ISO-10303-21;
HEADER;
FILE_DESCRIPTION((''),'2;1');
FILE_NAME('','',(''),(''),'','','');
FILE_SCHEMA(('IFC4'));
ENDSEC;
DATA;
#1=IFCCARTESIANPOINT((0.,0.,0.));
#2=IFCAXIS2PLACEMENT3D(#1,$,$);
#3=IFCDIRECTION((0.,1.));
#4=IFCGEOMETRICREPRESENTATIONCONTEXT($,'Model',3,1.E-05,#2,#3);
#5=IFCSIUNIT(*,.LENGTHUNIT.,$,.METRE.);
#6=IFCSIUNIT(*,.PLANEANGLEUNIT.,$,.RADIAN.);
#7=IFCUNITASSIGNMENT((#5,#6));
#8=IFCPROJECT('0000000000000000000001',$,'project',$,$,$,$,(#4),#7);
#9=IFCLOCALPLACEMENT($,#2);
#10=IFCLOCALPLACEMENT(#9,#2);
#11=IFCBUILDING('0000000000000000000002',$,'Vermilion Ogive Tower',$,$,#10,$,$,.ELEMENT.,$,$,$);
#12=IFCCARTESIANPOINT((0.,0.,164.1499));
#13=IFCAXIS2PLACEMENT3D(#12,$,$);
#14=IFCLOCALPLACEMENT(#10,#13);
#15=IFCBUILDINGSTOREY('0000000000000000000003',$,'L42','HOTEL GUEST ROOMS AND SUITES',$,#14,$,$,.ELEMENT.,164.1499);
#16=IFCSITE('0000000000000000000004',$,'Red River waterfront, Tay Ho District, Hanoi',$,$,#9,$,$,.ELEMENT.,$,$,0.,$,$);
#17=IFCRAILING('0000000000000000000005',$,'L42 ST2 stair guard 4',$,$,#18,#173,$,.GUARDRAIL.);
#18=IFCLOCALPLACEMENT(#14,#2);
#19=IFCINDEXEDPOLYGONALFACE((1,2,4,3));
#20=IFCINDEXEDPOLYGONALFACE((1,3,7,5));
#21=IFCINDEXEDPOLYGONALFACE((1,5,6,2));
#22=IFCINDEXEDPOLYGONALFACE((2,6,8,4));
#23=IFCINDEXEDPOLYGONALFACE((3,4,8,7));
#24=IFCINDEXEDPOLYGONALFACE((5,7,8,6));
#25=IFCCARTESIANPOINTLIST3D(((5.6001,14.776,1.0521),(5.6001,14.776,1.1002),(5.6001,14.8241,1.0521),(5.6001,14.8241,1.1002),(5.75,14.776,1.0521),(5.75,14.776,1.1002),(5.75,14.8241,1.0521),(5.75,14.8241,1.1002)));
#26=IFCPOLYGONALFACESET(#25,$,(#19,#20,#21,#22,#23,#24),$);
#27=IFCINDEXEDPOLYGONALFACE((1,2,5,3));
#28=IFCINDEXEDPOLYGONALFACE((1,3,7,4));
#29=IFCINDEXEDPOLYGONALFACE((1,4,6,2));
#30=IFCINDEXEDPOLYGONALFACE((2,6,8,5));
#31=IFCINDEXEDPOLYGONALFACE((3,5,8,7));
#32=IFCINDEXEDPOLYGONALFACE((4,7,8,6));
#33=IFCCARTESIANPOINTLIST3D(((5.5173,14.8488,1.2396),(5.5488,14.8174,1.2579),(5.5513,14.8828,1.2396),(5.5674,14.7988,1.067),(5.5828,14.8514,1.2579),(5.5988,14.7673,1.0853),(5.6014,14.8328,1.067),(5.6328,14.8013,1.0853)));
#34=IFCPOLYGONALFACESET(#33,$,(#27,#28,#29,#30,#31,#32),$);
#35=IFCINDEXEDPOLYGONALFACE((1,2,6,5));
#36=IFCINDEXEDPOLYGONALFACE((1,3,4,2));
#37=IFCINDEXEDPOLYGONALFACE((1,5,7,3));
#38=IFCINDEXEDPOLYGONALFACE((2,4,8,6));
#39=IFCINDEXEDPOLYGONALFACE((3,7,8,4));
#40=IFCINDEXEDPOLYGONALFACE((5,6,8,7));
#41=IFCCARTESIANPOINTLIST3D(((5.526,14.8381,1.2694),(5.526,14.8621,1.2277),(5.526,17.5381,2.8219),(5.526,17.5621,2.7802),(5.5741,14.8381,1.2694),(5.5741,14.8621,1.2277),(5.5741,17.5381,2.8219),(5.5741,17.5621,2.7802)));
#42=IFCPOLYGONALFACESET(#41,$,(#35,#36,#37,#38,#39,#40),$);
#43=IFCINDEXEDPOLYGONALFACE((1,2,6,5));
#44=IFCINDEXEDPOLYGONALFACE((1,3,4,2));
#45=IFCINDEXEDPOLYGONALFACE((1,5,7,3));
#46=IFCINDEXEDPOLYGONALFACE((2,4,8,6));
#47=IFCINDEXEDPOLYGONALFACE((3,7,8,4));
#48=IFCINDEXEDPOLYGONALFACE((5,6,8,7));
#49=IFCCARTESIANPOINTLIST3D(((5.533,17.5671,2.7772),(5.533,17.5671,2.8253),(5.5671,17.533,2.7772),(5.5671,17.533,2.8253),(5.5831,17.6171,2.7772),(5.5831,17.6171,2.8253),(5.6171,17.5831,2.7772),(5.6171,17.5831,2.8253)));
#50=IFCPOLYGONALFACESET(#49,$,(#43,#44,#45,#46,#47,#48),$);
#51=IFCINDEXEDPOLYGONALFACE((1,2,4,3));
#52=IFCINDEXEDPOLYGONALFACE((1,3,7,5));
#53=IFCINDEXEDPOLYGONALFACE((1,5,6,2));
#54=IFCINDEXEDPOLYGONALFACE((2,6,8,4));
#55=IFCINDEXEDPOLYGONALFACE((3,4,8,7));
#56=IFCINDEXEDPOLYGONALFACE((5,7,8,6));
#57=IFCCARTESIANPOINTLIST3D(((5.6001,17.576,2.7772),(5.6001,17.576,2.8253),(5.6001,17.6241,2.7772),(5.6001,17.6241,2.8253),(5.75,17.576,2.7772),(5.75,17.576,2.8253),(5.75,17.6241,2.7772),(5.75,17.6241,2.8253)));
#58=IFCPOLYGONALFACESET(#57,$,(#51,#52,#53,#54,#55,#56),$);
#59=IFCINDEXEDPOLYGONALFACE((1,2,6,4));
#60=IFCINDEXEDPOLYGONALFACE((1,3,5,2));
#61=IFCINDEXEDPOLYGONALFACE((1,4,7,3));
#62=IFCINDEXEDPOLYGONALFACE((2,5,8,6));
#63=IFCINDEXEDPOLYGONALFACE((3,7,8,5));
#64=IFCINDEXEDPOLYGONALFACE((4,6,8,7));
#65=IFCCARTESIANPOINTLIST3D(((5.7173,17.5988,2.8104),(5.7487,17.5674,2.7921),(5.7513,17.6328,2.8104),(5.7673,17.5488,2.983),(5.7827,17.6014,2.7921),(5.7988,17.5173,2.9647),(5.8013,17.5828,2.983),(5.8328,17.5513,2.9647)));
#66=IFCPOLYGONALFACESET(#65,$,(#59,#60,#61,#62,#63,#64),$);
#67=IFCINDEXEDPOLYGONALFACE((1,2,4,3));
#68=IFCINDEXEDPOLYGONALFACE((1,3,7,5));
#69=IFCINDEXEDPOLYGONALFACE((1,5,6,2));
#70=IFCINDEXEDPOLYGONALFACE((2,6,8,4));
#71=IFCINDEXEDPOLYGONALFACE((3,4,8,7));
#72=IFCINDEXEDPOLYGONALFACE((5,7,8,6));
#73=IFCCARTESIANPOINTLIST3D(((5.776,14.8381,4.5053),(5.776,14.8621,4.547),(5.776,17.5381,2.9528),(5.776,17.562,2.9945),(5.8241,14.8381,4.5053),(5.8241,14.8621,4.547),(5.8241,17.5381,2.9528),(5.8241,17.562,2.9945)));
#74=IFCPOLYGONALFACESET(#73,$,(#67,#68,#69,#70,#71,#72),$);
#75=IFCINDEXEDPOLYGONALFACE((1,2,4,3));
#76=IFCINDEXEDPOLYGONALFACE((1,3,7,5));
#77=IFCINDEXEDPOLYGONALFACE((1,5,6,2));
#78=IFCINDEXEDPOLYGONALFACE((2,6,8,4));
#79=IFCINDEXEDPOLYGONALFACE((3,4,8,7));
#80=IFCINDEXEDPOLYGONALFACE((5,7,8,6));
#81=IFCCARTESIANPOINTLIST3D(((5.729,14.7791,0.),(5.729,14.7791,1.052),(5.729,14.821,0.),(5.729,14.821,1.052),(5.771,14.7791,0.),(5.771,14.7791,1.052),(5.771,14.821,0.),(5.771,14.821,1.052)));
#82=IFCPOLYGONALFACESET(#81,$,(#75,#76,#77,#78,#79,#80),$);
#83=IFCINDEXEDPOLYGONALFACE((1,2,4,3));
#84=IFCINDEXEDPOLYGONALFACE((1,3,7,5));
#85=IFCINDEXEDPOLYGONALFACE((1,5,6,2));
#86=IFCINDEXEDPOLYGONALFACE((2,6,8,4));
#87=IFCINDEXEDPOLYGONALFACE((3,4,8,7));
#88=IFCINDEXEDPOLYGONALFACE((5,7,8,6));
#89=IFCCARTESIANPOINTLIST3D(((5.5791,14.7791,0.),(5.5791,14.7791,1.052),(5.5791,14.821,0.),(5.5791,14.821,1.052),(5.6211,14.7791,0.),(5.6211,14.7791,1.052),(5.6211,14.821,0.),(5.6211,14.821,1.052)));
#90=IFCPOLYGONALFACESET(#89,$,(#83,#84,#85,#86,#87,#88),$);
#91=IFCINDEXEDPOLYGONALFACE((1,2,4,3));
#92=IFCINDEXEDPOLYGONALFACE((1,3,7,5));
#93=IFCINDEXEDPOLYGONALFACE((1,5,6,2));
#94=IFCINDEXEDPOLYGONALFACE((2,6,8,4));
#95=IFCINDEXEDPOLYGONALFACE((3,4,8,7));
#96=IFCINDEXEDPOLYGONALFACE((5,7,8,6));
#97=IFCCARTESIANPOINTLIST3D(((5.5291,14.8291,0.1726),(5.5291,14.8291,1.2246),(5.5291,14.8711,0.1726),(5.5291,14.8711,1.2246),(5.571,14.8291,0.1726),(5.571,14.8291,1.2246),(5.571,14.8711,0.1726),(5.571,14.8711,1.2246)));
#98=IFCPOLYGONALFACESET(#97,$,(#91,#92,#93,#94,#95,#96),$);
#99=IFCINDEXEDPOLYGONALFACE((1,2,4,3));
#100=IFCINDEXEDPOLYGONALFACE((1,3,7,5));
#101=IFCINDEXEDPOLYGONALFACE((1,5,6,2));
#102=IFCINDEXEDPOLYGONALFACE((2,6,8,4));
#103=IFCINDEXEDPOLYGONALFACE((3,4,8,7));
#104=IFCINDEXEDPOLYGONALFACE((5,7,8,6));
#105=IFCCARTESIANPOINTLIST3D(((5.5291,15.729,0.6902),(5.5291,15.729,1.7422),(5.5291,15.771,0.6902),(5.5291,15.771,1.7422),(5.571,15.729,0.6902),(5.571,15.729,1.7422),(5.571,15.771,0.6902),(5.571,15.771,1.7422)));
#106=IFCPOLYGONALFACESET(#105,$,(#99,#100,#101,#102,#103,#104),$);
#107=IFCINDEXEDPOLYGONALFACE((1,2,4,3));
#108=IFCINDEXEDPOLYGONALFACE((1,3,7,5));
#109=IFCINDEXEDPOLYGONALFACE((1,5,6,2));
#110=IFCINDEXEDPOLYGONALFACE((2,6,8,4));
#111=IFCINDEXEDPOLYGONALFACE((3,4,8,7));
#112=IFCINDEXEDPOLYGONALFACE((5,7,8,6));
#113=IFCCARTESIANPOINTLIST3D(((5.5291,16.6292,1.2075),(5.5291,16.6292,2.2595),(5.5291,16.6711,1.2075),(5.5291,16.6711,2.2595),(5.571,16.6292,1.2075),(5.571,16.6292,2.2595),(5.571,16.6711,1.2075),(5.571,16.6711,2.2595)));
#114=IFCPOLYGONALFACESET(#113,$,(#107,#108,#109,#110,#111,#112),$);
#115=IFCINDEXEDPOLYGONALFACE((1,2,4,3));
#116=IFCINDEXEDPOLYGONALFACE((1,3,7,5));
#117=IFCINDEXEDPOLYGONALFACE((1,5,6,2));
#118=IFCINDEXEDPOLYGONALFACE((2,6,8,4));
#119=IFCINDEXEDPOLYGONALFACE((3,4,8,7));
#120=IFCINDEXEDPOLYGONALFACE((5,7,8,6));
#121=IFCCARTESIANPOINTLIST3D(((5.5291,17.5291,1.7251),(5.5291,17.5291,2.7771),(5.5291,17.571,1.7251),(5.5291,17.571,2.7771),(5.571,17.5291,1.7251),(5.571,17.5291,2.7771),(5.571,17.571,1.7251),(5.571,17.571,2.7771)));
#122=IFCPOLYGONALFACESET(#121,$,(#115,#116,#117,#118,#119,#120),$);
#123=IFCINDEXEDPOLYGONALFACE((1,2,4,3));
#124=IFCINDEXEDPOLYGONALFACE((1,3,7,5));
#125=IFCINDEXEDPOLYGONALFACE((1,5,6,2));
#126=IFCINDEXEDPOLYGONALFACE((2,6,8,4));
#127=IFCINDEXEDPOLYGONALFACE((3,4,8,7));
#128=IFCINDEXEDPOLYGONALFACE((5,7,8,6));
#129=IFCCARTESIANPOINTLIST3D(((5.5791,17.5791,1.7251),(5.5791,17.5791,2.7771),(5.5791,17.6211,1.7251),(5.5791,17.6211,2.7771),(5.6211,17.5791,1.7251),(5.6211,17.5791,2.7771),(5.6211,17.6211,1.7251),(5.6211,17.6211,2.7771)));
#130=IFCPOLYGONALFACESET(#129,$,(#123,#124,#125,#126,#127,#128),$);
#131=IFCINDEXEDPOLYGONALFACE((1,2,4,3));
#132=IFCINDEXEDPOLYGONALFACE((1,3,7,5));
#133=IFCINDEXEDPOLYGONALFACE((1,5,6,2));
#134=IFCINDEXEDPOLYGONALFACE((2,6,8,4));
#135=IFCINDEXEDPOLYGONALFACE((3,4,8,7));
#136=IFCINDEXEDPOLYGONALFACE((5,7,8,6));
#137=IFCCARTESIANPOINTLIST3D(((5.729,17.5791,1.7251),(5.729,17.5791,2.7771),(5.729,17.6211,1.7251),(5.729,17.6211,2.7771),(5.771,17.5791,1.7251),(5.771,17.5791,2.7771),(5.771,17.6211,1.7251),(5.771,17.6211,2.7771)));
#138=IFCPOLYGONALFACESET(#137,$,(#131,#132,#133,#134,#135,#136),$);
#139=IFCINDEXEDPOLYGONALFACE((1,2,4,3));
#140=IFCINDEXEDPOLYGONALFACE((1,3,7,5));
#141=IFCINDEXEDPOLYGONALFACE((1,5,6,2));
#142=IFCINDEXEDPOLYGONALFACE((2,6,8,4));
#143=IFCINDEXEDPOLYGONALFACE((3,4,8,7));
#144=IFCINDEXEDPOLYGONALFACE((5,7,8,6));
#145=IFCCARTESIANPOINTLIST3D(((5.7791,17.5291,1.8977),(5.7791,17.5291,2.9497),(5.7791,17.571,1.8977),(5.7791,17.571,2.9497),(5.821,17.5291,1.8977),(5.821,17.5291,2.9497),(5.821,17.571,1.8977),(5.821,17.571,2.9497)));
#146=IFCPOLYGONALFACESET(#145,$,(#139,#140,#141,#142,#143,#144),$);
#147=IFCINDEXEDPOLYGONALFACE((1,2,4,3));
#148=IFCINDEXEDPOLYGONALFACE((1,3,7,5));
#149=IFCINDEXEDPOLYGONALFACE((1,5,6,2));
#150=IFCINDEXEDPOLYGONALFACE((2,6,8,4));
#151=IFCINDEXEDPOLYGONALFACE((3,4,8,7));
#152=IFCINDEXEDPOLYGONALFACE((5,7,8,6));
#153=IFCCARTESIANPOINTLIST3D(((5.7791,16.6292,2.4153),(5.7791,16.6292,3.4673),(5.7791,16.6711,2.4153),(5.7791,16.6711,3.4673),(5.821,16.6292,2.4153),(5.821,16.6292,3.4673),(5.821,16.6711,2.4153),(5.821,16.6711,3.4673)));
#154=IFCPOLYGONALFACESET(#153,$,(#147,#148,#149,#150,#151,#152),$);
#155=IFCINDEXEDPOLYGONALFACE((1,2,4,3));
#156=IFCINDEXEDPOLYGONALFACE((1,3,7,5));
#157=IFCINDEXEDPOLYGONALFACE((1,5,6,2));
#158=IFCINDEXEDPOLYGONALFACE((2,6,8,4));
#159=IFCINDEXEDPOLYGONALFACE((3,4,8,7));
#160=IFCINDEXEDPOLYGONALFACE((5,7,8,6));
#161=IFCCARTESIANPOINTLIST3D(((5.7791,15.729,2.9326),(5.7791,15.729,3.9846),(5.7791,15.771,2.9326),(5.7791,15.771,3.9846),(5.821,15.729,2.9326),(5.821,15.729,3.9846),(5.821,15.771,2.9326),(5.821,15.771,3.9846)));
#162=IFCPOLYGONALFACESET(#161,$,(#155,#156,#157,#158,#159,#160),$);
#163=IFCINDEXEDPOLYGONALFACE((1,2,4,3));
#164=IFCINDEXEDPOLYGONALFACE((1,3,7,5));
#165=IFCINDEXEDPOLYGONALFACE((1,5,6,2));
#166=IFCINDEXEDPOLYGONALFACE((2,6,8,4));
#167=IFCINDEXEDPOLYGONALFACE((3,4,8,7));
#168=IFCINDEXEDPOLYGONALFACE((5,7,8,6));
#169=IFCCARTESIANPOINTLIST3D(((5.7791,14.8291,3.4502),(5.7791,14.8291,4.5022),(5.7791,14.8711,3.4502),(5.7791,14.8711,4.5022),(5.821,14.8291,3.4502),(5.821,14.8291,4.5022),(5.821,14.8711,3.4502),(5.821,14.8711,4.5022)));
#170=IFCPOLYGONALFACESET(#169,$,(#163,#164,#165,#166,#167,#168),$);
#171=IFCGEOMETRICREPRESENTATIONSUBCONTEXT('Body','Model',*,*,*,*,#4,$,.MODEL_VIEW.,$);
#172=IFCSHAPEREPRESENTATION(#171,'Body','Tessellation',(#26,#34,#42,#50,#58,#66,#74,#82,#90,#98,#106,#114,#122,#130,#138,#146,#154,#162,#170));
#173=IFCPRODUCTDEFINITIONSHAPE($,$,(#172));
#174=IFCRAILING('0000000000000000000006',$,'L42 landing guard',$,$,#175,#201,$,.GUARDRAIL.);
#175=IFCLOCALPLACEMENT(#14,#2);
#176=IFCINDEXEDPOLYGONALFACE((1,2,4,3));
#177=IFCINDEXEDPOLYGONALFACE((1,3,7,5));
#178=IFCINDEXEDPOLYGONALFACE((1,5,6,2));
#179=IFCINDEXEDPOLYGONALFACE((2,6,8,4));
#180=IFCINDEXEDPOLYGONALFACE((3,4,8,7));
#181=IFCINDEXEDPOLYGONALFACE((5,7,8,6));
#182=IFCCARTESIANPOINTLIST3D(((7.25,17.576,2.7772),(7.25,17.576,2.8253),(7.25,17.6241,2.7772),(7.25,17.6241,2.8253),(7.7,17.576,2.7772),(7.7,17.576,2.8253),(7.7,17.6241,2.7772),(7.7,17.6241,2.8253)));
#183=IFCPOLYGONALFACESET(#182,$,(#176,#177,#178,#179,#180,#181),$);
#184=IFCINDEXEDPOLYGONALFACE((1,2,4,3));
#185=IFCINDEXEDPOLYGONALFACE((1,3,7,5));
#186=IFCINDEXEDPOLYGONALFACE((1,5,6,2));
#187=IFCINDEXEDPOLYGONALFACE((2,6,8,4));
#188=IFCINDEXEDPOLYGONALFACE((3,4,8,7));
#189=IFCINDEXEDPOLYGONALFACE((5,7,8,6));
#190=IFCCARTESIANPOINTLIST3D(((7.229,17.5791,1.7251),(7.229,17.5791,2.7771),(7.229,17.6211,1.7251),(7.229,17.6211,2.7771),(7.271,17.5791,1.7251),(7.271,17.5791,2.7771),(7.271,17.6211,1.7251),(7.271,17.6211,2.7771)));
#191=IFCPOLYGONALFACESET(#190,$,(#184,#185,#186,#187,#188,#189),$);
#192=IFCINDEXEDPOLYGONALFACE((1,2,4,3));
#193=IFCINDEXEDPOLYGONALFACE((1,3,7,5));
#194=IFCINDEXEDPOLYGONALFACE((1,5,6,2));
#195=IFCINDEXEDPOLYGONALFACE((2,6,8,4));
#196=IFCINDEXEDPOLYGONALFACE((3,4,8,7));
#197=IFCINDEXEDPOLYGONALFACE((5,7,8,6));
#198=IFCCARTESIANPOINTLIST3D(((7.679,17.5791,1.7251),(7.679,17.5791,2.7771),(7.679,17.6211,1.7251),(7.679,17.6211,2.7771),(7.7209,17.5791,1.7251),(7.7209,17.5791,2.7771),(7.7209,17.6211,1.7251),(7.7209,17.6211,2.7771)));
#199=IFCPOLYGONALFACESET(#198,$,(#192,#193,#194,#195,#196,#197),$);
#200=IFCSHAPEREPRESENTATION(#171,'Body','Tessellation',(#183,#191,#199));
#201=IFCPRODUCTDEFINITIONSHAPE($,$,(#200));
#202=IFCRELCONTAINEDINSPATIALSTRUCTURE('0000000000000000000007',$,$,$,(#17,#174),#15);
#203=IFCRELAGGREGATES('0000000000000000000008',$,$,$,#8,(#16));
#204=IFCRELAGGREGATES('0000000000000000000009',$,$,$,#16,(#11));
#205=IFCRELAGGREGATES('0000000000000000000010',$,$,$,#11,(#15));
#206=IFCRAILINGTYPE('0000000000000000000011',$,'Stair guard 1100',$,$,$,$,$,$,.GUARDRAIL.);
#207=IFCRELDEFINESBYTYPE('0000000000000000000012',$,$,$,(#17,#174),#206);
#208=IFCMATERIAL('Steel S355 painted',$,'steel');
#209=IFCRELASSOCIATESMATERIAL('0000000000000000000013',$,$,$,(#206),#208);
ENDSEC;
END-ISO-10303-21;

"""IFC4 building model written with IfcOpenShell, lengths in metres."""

from ifc_helpers import new_model, si_unit, direction, frame, origin, origin_2d, place, context, subcontext, project, spatial, rectangle, extrude, material, type_object, element, save


model = new_model("IFC4")

# Units and contexts
model_context = context("Model", 3, precision=1e-05, world=origin(), true_north=direction((0.0, 1.0)))
body_context = subcontext(model_context, "Body", "Model", "MODEL_VIEW")
ifc_project = project(units=[si_unit("LENGTHUNIT", "METRE"), si_unit("PLANEANGLEUNIT", "RADIAN")], contexts=[model_context])

# Site, building, storey
site_placement = place(None, origin())
site = spatial("IfcSite", under=ifc_project, at=site_placement, Name="Red River waterfront, Tay Ho District, Hanoi", CompositionType="ELEMENT", RefElevation=0.0)
building_placement = place(site_placement, origin())
building = spatial("IfcBuilding", under=site, at=building_placement, Name="Vermilion Ogive Tower", CompositionType="ELEMENT")
storey_placement = place(building_placement, frame((0.0, 0.0, 164.1499)))
storey = spatial("IfcBuildingStorey", under=building, at=storey_placement, Name="L42", Description="HOTEL GUEST ROOMS AND SUITES", CompositionType="ELEMENT", Elevation=164.1499)

# Railings
ifc_material_1 = material(Name="Steel S355 painted", Category="steel")
railing_type_1 = type_object("IfcRailingType", Name="Stair guard 1100", PredefinedType="GUARDRAIL", material=ifc_material_1)
railing_1_placement = place(storey_placement, frame((5.75, 14.8, 0.0)))
element("IfcRailing", 1, at=railing_1_placement, inside=storey, type_object=railing_type_1, Name="L42 ST2 stair guard 4", PredefinedType="GUARDRAIL", context=body_context, shape_type="SweptSolid", body=[
    extrude(rectangle(XDim=0.0481, YDim=0.0481, at=origin_2d()), frame((0.0, 0.0, 1.0762), z_axis=(-1.0, 0.0, 0.0), x_axis=(0.0, -1.0, 0.0)), (0.0, 0.0, 1.0), 0.1499),
    extrude(rectangle(XDim=0.0481, YDim=0.0481, at=origin_2d()), frame((-0.1499, 0.0, 1.0762), z_axis=(-0.268278, 0.268278, 0.925232), x_axis=(-0.707107, -0.707107, 0.0)), (0.0, 0.0, 1.0), 0.1865),
    extrude(rectangle(XDim=0.0481, YDim=0.0481, at=origin_2d()), frame((-0.2, 0.05, 1.2485), z_axis=(0.0, 0.866904, 0.498476), x_axis=(-1.0, 0.0, 0.0)), (0.0, 0.0, 1.0), 3.1145),
    extrude(rectangle(XDim=0.0481, YDim=0.0481, at=origin_2d()), frame((-0.2, 2.75, 2.8013), z_axis=(0.707107, 0.707107, 0.0), x_axis=(-0.707107, 0.707107, 0.0)), (0.0, 0.0, 1.0), 0.0708),
    extrude(rectangle(XDim=0.0481, YDim=0.0481, at=origin_2d()), frame((-0.1499, 2.8, 2.8013), z_axis=(1.0, 0.0, 0.0), x_axis=(0.0, 1.0, 0.0)), (0.0, 0.0, 1.0), 0.1499),
    extrude(rectangle(XDim=0.0481, YDim=0.0481, at=origin_2d()), frame((0.0, 2.8, 2.8013), z_axis=(0.268278, -0.268278, 0.925232), x_axis=(0.707107, 0.707107, 0.0)), (0.0, 0.0, 1.0), 0.1865),
    extrude(rectangle(XDim=0.0481, YDim=0.0481, at=origin_2d()), frame((0.05, 2.75, 2.9736), z_axis=(0.0, -0.866904, 0.498476), x_axis=(1.0, 0.0, 0.0)), (0.0, 0.0, 1.0), 3.1145),
    extrude(rectangle(XDim=0.042, YDim=0.042, at=origin_2d()), origin(), (0.0, 0.0, 1.0), 1.052),
    extrude(rectangle(XDim=0.042, YDim=0.042, at=origin_2d()), frame((-0.1499, 0.0, 0.0)), (0.0, 0.0, 1.0), 1.052),
    extrude(rectangle(XDim=0.042, YDim=0.042, at=origin_2d()), frame((-0.2, 0.05, 0.1726)), (0.0, 0.0, 1.0), 1.052),
    extrude(rectangle(XDim=0.042, YDim=0.042, at=origin_2d()), frame((-0.2, 0.95, 0.6902)), (0.0, 0.0, 1.0), 1.052),
    extrude(rectangle(XDim=0.042, YDim=0.042, at=origin_2d()), frame((-0.2, 1.8501, 1.2075)), (0.0, 0.0, 1.0), 1.052),
    extrude(rectangle(XDim=0.042, YDim=0.042, at=origin_2d()), frame((-0.2, 2.75, 1.7251)), (0.0, 0.0, 1.0), 1.052),
    extrude(rectangle(XDim=0.042, YDim=0.042, at=origin_2d()), frame((-0.1499, 2.8, 1.7251)), (0.0, 0.0, 1.0), 1.052),
    extrude(rectangle(XDim=0.042, YDim=0.042, at=origin_2d()), frame((0.0, 2.8, 1.7251)), (0.0, 0.0, 1.0), 1.052),
    extrude(rectangle(XDim=0.042, YDim=0.042, at=origin_2d()), frame((0.05, 2.75, 1.8977)), (0.0, 0.0, 1.0), 1.052),
    extrude(rectangle(XDim=0.042, YDim=0.042, at=origin_2d()), frame((0.05, 1.8501, 2.4153)), (0.0, 0.0, 1.0), 1.052),
    extrude(rectangle(XDim=0.042, YDim=0.042, at=origin_2d()), frame((0.05, 0.95, 2.9326)), (0.0, 0.0, 1.0), 1.052),
    extrude(rectangle(XDim=0.042, YDim=0.042, at=origin_2d()), frame((0.05, 0.05, 3.4502)), (0.0, 0.0, 1.0), 1.052),
])
railing_2_placement = place(storey_placement, frame((7.25, 17.6001, 1.7251)))
element("IfcRailing", 2, at=railing_2_placement, inside=storey, type_object=railing_type_1, Name="L42 landing guard", PredefinedType="GUARDRAIL", context=body_context, shape_type="SweptSolid", body=[
    extrude(rectangle(XDim=0.0481, YDim=0.0481, at=origin_2d()), frame((0.0, 0.0, 1.0762), z_axis=(1.0, 0.0, 0.0), x_axis=(0.0, 1.0, 0.0)), (0.0, 0.0, 1.0), 0.45),
    extrude(rectangle(XDim=0.042, YDim=0.042, at=origin_2d()), origin(), (0.0, 0.0, 1.0), 1.052),
    extrude(rectangle(XDim=0.042, YDim=0.042, at=origin_2d()), frame((0.45, 0.0, 0.0)), (0.0, 0.0, 1.0), 1.052),
])

save(model, "model.ifc")
